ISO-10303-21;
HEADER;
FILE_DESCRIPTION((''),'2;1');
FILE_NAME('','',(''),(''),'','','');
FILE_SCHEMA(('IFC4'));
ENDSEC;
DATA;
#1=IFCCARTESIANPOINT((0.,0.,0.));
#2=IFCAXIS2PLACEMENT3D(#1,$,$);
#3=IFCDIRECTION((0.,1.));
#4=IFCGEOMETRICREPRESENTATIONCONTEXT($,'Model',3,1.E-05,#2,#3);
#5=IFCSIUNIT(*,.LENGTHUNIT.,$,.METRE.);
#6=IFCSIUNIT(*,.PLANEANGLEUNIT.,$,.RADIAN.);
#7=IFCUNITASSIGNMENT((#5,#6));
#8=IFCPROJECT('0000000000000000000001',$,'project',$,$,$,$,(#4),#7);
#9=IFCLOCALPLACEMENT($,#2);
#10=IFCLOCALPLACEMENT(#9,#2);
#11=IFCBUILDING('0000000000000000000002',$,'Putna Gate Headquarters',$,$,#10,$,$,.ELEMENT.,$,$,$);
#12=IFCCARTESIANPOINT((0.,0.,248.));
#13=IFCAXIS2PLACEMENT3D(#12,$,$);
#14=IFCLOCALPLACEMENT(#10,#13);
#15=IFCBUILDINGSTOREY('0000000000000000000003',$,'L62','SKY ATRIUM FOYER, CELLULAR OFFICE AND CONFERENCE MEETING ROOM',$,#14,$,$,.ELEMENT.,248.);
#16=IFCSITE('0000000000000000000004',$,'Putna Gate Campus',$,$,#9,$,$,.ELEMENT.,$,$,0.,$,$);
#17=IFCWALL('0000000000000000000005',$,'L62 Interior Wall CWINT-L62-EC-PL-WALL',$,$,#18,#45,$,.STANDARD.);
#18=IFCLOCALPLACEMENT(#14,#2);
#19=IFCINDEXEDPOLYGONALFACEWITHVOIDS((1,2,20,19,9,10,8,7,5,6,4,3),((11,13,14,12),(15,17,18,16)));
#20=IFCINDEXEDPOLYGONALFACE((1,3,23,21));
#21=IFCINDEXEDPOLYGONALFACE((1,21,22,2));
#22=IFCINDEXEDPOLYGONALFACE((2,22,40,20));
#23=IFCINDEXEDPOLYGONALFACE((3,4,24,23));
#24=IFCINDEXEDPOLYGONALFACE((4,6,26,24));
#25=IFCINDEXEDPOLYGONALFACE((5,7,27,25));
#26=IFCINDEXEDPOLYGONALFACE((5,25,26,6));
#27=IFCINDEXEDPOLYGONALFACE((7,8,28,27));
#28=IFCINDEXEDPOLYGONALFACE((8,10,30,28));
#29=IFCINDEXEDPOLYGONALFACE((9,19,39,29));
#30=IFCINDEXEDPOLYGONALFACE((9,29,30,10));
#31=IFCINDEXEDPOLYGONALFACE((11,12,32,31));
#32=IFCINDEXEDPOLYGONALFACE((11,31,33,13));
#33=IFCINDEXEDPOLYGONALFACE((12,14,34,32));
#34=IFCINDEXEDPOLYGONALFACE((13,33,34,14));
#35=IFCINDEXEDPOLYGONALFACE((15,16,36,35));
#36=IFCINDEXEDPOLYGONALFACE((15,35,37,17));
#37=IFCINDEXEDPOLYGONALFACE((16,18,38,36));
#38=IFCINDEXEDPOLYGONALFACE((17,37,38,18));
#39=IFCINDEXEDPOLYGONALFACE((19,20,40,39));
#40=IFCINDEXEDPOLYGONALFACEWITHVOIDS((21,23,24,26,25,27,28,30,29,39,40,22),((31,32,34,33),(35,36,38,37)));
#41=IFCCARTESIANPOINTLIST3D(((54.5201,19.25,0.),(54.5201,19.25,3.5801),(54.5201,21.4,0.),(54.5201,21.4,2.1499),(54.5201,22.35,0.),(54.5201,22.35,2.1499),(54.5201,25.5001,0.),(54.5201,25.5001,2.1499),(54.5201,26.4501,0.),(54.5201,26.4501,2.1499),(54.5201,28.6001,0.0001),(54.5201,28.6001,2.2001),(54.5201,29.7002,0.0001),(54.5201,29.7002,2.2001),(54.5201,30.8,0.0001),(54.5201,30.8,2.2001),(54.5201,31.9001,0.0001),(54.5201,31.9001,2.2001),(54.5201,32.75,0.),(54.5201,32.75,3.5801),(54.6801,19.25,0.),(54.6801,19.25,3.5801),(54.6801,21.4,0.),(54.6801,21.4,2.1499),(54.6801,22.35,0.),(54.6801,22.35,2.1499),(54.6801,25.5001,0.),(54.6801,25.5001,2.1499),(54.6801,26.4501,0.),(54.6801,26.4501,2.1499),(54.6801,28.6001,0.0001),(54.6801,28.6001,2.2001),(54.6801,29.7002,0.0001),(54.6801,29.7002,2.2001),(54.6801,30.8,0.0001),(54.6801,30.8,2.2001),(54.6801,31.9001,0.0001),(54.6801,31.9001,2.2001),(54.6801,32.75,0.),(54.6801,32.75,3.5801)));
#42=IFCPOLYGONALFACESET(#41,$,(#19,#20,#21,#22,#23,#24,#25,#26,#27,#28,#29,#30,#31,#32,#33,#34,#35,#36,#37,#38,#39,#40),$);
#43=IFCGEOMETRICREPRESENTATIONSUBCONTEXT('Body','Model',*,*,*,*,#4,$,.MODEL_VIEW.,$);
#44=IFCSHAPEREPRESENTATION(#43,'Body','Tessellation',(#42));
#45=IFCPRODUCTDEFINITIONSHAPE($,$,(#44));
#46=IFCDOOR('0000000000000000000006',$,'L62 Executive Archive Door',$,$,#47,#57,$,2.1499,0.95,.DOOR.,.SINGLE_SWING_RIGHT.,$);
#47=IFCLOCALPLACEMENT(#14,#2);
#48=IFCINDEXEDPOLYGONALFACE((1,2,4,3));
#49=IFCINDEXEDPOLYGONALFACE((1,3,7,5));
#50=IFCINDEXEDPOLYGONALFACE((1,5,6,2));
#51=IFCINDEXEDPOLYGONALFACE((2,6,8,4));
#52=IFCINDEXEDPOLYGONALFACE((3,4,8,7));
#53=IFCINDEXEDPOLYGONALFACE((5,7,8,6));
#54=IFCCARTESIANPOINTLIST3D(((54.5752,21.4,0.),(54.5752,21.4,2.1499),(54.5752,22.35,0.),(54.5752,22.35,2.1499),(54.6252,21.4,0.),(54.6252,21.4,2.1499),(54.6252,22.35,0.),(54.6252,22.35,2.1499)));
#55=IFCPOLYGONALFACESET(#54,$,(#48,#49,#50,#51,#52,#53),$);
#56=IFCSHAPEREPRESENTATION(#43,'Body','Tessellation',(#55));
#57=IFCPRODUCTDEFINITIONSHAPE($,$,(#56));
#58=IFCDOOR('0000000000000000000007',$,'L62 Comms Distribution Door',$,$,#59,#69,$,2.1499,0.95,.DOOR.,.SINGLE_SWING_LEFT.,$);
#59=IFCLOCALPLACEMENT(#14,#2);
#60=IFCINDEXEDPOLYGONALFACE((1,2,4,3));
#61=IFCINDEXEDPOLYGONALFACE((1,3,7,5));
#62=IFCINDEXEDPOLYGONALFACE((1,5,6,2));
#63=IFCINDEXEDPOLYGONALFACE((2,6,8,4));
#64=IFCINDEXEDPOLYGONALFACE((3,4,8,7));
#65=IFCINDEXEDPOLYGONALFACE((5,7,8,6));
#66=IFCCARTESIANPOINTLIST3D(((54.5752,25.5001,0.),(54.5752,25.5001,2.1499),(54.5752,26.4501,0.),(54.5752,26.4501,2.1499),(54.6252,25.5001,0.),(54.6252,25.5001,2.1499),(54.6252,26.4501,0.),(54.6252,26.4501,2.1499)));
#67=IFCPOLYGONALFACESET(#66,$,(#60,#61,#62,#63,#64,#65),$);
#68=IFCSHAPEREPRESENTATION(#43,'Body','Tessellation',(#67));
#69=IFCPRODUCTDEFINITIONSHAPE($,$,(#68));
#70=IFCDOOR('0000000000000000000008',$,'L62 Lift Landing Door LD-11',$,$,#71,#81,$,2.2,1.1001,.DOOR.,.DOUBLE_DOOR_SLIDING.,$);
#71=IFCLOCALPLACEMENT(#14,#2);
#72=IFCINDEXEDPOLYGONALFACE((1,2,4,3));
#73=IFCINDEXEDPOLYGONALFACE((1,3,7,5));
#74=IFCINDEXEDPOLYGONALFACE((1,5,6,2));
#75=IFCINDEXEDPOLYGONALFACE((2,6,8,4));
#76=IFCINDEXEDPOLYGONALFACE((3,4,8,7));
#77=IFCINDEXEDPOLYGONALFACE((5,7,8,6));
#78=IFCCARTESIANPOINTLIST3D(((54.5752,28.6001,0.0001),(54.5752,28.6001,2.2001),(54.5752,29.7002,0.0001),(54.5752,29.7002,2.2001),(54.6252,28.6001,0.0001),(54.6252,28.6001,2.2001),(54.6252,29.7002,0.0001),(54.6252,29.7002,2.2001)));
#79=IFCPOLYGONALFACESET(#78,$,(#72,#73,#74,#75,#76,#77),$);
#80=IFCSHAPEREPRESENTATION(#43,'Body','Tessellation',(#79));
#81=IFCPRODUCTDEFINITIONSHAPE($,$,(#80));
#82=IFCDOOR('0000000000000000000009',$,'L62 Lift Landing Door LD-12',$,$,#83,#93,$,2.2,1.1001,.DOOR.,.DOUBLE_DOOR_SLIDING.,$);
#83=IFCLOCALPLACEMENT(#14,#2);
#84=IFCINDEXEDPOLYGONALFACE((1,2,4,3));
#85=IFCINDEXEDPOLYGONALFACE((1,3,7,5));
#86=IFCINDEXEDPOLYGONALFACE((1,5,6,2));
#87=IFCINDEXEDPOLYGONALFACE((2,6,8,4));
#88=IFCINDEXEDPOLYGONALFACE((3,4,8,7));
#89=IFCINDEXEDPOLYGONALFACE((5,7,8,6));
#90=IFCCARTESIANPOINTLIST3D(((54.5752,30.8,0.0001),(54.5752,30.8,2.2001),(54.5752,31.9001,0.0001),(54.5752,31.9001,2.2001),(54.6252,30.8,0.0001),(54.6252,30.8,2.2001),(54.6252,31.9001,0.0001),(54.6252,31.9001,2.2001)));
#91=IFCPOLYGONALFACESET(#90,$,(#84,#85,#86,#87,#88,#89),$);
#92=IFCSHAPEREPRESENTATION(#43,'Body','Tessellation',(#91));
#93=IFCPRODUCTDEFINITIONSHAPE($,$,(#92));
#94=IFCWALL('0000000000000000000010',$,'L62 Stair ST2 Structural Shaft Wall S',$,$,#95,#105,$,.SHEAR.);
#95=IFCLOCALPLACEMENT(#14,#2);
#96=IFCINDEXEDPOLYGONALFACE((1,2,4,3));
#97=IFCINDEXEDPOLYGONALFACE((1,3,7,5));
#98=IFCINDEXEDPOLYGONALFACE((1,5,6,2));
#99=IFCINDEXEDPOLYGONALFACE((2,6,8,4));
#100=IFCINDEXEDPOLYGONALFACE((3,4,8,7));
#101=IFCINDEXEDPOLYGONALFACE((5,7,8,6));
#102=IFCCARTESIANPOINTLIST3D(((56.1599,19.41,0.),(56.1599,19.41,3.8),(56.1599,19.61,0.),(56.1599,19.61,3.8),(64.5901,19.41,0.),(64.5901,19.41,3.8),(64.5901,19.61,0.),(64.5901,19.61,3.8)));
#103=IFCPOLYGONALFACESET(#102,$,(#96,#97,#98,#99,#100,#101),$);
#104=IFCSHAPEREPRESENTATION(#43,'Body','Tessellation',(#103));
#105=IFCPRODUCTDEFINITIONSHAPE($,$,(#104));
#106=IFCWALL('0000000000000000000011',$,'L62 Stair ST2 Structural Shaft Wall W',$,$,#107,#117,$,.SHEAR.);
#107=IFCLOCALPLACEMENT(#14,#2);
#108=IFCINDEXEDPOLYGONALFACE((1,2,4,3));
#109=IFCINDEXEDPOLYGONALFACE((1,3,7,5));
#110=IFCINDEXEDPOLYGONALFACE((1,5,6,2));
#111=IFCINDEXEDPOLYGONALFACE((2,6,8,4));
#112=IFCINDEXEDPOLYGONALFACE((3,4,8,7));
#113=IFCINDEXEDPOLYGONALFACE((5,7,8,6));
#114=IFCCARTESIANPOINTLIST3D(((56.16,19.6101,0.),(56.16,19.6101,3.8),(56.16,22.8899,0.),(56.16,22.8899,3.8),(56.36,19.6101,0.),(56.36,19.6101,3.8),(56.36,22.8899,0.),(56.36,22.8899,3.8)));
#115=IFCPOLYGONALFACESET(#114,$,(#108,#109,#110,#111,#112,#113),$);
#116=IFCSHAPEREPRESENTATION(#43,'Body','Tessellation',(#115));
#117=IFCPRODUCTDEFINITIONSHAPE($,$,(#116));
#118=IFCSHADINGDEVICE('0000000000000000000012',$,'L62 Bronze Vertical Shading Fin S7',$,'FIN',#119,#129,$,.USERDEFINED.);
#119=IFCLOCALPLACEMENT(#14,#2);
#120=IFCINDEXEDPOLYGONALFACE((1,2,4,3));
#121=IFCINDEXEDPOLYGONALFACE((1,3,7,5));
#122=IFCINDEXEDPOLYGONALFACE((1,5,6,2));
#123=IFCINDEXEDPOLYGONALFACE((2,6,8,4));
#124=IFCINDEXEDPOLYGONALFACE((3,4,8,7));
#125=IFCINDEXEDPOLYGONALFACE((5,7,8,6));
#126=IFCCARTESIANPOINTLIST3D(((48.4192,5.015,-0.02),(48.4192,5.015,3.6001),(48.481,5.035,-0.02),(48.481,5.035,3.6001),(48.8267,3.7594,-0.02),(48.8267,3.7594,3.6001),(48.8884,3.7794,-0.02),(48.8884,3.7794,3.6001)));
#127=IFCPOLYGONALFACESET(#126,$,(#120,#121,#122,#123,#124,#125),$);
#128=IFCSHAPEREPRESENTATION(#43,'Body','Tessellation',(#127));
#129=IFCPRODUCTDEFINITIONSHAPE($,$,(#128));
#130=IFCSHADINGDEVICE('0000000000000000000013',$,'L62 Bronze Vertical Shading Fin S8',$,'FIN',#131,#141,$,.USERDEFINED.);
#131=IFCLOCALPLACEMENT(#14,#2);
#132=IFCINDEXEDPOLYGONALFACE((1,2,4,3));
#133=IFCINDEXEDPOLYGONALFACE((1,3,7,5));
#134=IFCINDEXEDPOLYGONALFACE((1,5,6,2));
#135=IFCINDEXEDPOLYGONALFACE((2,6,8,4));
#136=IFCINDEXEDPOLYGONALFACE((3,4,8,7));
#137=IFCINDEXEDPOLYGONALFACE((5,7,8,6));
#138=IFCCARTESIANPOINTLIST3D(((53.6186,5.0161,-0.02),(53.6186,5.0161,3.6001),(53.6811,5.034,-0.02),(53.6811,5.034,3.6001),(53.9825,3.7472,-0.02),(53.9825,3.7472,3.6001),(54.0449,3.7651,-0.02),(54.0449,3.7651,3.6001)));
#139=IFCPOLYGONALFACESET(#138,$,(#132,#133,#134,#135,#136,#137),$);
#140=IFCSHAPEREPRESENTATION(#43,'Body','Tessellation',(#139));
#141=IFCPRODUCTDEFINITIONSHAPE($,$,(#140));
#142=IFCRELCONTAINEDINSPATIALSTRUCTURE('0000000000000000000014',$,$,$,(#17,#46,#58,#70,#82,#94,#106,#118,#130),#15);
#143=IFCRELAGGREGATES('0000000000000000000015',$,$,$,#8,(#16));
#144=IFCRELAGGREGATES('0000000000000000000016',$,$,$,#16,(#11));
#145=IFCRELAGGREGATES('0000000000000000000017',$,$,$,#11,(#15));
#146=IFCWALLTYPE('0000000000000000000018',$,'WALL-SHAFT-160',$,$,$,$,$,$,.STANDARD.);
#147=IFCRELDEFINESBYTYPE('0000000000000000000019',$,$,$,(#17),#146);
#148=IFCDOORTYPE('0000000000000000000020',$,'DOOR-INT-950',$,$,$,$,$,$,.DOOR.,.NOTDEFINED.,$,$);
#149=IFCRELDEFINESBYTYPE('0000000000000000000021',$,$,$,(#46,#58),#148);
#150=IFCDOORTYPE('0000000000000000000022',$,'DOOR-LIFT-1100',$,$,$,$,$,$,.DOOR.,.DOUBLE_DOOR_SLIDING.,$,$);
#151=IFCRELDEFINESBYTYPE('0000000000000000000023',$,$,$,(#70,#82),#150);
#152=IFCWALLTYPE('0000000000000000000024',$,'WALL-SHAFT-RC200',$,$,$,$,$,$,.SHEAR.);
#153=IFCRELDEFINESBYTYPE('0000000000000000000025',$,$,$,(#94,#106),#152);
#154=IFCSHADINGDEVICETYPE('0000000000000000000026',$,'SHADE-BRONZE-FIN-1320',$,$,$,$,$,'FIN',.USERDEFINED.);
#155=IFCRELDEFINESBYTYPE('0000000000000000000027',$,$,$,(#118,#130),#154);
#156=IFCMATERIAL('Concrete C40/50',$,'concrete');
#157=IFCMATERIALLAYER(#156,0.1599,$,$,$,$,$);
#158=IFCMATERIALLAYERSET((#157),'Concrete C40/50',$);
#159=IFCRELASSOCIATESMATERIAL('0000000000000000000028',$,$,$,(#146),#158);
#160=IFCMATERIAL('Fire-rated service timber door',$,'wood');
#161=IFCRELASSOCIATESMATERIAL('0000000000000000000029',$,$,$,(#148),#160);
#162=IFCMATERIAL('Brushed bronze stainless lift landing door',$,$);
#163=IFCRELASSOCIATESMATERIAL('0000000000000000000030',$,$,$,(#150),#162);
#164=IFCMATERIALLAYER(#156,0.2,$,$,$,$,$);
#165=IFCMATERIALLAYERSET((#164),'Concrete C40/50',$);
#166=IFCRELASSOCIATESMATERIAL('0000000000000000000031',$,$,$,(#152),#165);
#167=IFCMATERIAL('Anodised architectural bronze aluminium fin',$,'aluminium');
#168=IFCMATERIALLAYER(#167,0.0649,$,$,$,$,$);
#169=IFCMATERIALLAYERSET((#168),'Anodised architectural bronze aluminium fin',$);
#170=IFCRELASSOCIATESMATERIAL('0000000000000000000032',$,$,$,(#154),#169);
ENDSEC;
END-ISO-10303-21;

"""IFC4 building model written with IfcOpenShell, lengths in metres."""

from ifc_helpers import new_model, si_unit, direction, frame, frame_2d, origin, origin_2d, place, context, subcontext, project, spatial, rectangle, extrude, material, layer, layer_set, type_object, element, fill, save


model = new_model("IFC4")

# Units and contexts
model_context = context("Model", 3, precision=1e-05, world=origin(), true_north=direction((0.0, 1.0)))
body_context = subcontext(model_context, "Body", "Model", "MODEL_VIEW")
ifc_project = project(units=[si_unit("LENGTHUNIT", "METRE"), si_unit("PLANEANGLEUNIT", "RADIAN")], contexts=[model_context])

# Site, building, storey
site_placement = place(None, origin())
site = spatial("IfcSite", under=ifc_project, at=site_placement, Name="Putna Gate Campus", CompositionType="ELEMENT", RefElevation=0.0)
building_placement = place(site_placement, origin())
building = spatial("IfcBuilding", under=site, at=building_placement, Name="Putna Gate Headquarters", CompositionType="ELEMENT")
storey_placement = place(building_placement, frame((0.0, 0.0, 248.0)))
storey = spatial("IfcBuildingStorey", under=building, at=storey_placement, Name="L62", Description="SKY ATRIUM FOYER, CELLULAR OFFICE AND CONFERENCE MEETING ROOM", CompositionType="ELEMENT", Elevation=248.0)

# Wall, openings, doors
ifc_material_1 = material(Name="Concrete C40/50", Category="concrete")
ifc_layer_1 = layer(ifc_material_1, 0.1599)
ifc_layer_set_1 = layer_set([ifc_layer_1], Name="Concrete C40/50")
wall_type_1 = type_object("IfcWallType", Name="WALL-SHAFT-160", PredefinedType="STANDARD", material=ifc_layer_set_1)
wall_1_placement = place(storey_placement, frame((54.6001, 19.25, 0.0), z_axis=(0.0, 0.0, 1.0), x_axis=(0.0, 1.0, 0.0)))
wall_1 = element("IfcWall", 1, at=wall_1_placement, inside=storey, type_object=wall_type_1, Name="L62 Interior Wall CWINT-L62-EC-PL-WALL", PredefinedType="STANDARD", context=body_context, shape_type="SweptSolid", body=[
    extrude(rectangle(XDim=13.5, YDim=0.1599, at=frame_2d((6.75, 0.0))), origin(), (0.0, 0.0, 1.0), 3.5801),
])
opening_1_placement = place(wall_1_placement, frame((2.1499, 0.0, 0.0)))
opening_1 = element("IfcOpeningElement", 2, at=opening_1_placement, cuts=wall_1, PredefinedType="OPENING", context=body_context, shape_type="SweptSolid", body=[
    extrude(rectangle(XDim=0.95, YDim=2.1499, at=frame_2d((0.4751, 1.075))), frame((0.0, 0.0898, 0.0), z_axis=(0.0, -1.0, 0.0), x_axis=(1.0, 0.0, 0.0)), (0.0, 0.0, 1.0), 0.1799),
])
opening_2_placement = place(wall_1_placement, frame((6.25, 0.0, 0.0)))
opening_2 = element("IfcOpeningElement", 3, at=opening_2_placement, cuts=wall_1, PredefinedType="OPENING", context=body_context, shape_type="SweptSolid", body=[
    extrude(rectangle(XDim=0.95, YDim=2.1499, at=frame_2d((0.4751, 1.075))), frame((0.0, 0.0898, 0.0), z_axis=(0.0, -1.0, 0.0), x_axis=(1.0, 0.0, 0.0)), (0.0, 0.0, 1.0), 0.1799),
])
opening_3_placement = place(wall_1_placement, frame((9.3501, 0.0, 0.0)))
opening_3 = element("IfcOpeningElement", 4, at=opening_3_placement, cuts=wall_1, PredefinedType="OPENING", context=body_context, shape_type="SweptSolid", body=[
    extrude(rectangle(XDim=1.1001, YDim=2.2, at=frame_2d((0.55, 1.1001))), frame((0.0, 0.0898, 0.0), z_axis=(0.0, -1.0, 0.0), x_axis=(1.0, 0.0, 0.0)), (0.0, 0.0, 1.0), 0.1799),
])
opening_4_placement = place(wall_1_placement, frame((11.55, 0.0, 0.0)))
opening_4 = element("IfcOpeningElement", 5, at=opening_4_placement, cuts=wall_1, PredefinedType="OPENING", context=body_context, shape_type="SweptSolid", body=[
    extrude(rectangle(XDim=1.1001, YDim=2.2, at=frame_2d((0.55, 1.1001))), frame((0.0, 0.0898, 0.0), z_axis=(0.0, -1.0, 0.0), x_axis=(1.0, 0.0, 0.0)), (0.0, 0.0, 1.0), 0.1799),
])
ifc_material_2 = material(Name="Fire-rated service timber door", Category="wood")
door_type_1 = type_object("IfcDoorType", Name="DOOR-INT-950", OperationType="NOTDEFINED", PredefinedType="DOOR", material=ifc_material_2)
door_1_placement = place(opening_1_placement, origin())
door_1 = element("IfcDoor", 6, at=door_1_placement, inside=storey, type_object=door_type_1, Name="L62 Executive Archive Door", OperationType="SINGLE_SWING_RIGHT", OverallHeight=2.1499, OverallWidth=0.95, PredefinedType="DOOR", context=body_context, shape_type="SweptSolid", body=[
    extrude(rectangle(XDim=0.95, YDim=2.1499, at=frame_2d((0.4751, 1.075))), frame((0.0, 0.0249, 0.0), z_axis=(0.0, -1.0, 0.0), x_axis=(1.0, 0.0, 0.0)), (0.0, 0.0, 1.0), 0.05),
])
fill(opening_1, door_1)
door_2_placement = place(opening_2_placement, origin())
door_2 = element("IfcDoor", 7, at=door_2_placement, inside=storey, type_object=door_type_1, Name="L62 Comms Distribution Door", OperationType="SINGLE_SWING_LEFT", OverallHeight=2.1499, OverallWidth=0.95, PredefinedType="DOOR", context=body_context, shape_type="SweptSolid", body=[
    extrude(rectangle(XDim=0.95, YDim=2.1499, at=frame_2d((0.4751, 1.075))), frame((0.0, 0.0249, 0.0), z_axis=(0.0, -1.0, 0.0), x_axis=(1.0, 0.0, 0.0)), (0.0, 0.0, 1.0), 0.05),
])
fill(opening_2, door_2)
ifc_material_3 = material(Name="Brushed bronze stainless lift landing door")
door_type_2 = type_object("IfcDoorType", Name="DOOR-LIFT-1100", OperationType="DOUBLE_DOOR_SLIDING", PredefinedType="DOOR", material=ifc_material_3)
door_3_placement = place(opening_3_placement, origin())
door_3 = element("IfcDoor", 8, at=door_3_placement, inside=storey, type_object=door_type_2, Name="L62 Lift Landing Door LD-11", OperationType="DOUBLE_DOOR_SLIDING", OverallHeight=2.2, OverallWidth=1.1001, PredefinedType="DOOR", context=body_context, shape_type="SweptSolid", body=[
    extrude(rectangle(XDim=1.1001, YDim=2.2, at=frame_2d((0.55, 1.1001))), frame((0.0, 0.0249, 0.0), z_axis=(0.0, -1.0, 0.0), x_axis=(1.0, 0.0, 0.0)), (0.0, 0.0, 1.0), 0.05),
])
fill(opening_3, door_3)
door_4_placement = place(opening_4_placement, origin())
door_4 = element("IfcDoor", 9, at=door_4_placement, inside=storey, type_object=door_type_2, Name="L62 Lift Landing Door LD-12", OperationType="DOUBLE_DOOR_SLIDING", OverallHeight=2.2, OverallWidth=1.1001, PredefinedType="DOOR", context=body_context, shape_type="SweptSolid", body=[
    extrude(rectangle(XDim=1.1001, YDim=2.2, at=frame_2d((0.55, 1.1001))), frame((0.0, 0.0249, 0.0), z_axis=(0.0, -1.0, 0.0), x_axis=(1.0, 0.0, 0.0)), (0.0, 0.0, 1.0), 0.05),
])
fill(opening_4, door_4)

# Walls
ifc_layer_2 = layer(ifc_material_1, 0.2)
ifc_layer_set_2 = layer_set([ifc_layer_2], Name="Concrete C40/50")
wall_type_2 = type_object("IfcWallType", Name="WALL-SHAFT-RC200", PredefinedType="SHEAR", material=ifc_layer_set_2)
wall_2_placement = place(storey_placement, frame((56.1599, 19.51, 0.0), z_axis=(0.0, 0.0, 1.0), x_axis=(1.0, 0.0, 0.0)))
element("IfcWall", 10, at=wall_2_placement, inside=storey, type_object=wall_type_2, Name="L62 Stair ST2 Structural Shaft Wall S", PredefinedType="SHEAR", context=body_context, shape_type="SweptSolid", body=[
    extrude(rectangle(XDim=8.4302, YDim=0.2, at=frame_2d((4.2151, 0.0))), origin(), (0.0, 0.0, 1.0), 3.8),
])
wall_3_placement = place(storey_placement, frame((56.26, 19.6101, 0.0), z_axis=(0.0, 0.0, 1.0), x_axis=(0.0, 1.0, 0.0)))
element("IfcWall", 11, at=wall_3_placement, inside=storey, type_object=wall_type_2, Name="L62 Stair ST2 Structural Shaft Wall W", PredefinedType="SHEAR", context=body_context, shape_type="SweptSolid", body=[
    extrude(rectangle(XDim=3.2798, YDim=0.2, at=frame_2d((1.6399, 0.0))), origin(), (0.0, 0.0, 1.0), 3.8),
])

# Shading devices
ifc_material_4 = material(Name="Anodised architectural bronze aluminium fin", Category="aluminium")
ifc_layer_3 = layer(ifc_material_4, 0.0649)
ifc_layer_set_3 = layer_set([ifc_layer_3], Name="Anodised architectural bronze aluminium fin")
shading_device_type = type_object("IfcShadingDeviceType", Name="SHADE-BRONZE-FIN-1320", ElementType="FIN", PredefinedType="USERDEFINED", material=ifc_layer_set_3)
for number, where, z_axis, x_axis, name in (
    (12, (48.6538, 4.3972, -0.02), (0.0, 0.0, 1.0), (0.308685, -0.951164, 0.0), "L62 Bronze Vertical Shading Fin S7"),
    (13, (53.8318, 4.3906, -0.02), (0.0, 0.0, 1.0), (0.275637, -0.961262, 0.0), "L62 Bronze Vertical Shading Fin S8"),
):
    element("IfcShadingDevice", number, at=place(storey_placement, frame(where, z_axis=z_axis, x_axis=x_axis)), inside=storey, type_object=shading_device_type, Name=name, ObjectType="FIN", PredefinedType="USERDEFINED", context=body_context, shape_type="SweptSolid", body=[
        extrude(rectangle(XDim=1.3201, YDim=0.0649, at=origin_2d()), origin(), (0.0, 0.0, 1.0), 3.6201),
    ])

save(model, "model.ifc")
